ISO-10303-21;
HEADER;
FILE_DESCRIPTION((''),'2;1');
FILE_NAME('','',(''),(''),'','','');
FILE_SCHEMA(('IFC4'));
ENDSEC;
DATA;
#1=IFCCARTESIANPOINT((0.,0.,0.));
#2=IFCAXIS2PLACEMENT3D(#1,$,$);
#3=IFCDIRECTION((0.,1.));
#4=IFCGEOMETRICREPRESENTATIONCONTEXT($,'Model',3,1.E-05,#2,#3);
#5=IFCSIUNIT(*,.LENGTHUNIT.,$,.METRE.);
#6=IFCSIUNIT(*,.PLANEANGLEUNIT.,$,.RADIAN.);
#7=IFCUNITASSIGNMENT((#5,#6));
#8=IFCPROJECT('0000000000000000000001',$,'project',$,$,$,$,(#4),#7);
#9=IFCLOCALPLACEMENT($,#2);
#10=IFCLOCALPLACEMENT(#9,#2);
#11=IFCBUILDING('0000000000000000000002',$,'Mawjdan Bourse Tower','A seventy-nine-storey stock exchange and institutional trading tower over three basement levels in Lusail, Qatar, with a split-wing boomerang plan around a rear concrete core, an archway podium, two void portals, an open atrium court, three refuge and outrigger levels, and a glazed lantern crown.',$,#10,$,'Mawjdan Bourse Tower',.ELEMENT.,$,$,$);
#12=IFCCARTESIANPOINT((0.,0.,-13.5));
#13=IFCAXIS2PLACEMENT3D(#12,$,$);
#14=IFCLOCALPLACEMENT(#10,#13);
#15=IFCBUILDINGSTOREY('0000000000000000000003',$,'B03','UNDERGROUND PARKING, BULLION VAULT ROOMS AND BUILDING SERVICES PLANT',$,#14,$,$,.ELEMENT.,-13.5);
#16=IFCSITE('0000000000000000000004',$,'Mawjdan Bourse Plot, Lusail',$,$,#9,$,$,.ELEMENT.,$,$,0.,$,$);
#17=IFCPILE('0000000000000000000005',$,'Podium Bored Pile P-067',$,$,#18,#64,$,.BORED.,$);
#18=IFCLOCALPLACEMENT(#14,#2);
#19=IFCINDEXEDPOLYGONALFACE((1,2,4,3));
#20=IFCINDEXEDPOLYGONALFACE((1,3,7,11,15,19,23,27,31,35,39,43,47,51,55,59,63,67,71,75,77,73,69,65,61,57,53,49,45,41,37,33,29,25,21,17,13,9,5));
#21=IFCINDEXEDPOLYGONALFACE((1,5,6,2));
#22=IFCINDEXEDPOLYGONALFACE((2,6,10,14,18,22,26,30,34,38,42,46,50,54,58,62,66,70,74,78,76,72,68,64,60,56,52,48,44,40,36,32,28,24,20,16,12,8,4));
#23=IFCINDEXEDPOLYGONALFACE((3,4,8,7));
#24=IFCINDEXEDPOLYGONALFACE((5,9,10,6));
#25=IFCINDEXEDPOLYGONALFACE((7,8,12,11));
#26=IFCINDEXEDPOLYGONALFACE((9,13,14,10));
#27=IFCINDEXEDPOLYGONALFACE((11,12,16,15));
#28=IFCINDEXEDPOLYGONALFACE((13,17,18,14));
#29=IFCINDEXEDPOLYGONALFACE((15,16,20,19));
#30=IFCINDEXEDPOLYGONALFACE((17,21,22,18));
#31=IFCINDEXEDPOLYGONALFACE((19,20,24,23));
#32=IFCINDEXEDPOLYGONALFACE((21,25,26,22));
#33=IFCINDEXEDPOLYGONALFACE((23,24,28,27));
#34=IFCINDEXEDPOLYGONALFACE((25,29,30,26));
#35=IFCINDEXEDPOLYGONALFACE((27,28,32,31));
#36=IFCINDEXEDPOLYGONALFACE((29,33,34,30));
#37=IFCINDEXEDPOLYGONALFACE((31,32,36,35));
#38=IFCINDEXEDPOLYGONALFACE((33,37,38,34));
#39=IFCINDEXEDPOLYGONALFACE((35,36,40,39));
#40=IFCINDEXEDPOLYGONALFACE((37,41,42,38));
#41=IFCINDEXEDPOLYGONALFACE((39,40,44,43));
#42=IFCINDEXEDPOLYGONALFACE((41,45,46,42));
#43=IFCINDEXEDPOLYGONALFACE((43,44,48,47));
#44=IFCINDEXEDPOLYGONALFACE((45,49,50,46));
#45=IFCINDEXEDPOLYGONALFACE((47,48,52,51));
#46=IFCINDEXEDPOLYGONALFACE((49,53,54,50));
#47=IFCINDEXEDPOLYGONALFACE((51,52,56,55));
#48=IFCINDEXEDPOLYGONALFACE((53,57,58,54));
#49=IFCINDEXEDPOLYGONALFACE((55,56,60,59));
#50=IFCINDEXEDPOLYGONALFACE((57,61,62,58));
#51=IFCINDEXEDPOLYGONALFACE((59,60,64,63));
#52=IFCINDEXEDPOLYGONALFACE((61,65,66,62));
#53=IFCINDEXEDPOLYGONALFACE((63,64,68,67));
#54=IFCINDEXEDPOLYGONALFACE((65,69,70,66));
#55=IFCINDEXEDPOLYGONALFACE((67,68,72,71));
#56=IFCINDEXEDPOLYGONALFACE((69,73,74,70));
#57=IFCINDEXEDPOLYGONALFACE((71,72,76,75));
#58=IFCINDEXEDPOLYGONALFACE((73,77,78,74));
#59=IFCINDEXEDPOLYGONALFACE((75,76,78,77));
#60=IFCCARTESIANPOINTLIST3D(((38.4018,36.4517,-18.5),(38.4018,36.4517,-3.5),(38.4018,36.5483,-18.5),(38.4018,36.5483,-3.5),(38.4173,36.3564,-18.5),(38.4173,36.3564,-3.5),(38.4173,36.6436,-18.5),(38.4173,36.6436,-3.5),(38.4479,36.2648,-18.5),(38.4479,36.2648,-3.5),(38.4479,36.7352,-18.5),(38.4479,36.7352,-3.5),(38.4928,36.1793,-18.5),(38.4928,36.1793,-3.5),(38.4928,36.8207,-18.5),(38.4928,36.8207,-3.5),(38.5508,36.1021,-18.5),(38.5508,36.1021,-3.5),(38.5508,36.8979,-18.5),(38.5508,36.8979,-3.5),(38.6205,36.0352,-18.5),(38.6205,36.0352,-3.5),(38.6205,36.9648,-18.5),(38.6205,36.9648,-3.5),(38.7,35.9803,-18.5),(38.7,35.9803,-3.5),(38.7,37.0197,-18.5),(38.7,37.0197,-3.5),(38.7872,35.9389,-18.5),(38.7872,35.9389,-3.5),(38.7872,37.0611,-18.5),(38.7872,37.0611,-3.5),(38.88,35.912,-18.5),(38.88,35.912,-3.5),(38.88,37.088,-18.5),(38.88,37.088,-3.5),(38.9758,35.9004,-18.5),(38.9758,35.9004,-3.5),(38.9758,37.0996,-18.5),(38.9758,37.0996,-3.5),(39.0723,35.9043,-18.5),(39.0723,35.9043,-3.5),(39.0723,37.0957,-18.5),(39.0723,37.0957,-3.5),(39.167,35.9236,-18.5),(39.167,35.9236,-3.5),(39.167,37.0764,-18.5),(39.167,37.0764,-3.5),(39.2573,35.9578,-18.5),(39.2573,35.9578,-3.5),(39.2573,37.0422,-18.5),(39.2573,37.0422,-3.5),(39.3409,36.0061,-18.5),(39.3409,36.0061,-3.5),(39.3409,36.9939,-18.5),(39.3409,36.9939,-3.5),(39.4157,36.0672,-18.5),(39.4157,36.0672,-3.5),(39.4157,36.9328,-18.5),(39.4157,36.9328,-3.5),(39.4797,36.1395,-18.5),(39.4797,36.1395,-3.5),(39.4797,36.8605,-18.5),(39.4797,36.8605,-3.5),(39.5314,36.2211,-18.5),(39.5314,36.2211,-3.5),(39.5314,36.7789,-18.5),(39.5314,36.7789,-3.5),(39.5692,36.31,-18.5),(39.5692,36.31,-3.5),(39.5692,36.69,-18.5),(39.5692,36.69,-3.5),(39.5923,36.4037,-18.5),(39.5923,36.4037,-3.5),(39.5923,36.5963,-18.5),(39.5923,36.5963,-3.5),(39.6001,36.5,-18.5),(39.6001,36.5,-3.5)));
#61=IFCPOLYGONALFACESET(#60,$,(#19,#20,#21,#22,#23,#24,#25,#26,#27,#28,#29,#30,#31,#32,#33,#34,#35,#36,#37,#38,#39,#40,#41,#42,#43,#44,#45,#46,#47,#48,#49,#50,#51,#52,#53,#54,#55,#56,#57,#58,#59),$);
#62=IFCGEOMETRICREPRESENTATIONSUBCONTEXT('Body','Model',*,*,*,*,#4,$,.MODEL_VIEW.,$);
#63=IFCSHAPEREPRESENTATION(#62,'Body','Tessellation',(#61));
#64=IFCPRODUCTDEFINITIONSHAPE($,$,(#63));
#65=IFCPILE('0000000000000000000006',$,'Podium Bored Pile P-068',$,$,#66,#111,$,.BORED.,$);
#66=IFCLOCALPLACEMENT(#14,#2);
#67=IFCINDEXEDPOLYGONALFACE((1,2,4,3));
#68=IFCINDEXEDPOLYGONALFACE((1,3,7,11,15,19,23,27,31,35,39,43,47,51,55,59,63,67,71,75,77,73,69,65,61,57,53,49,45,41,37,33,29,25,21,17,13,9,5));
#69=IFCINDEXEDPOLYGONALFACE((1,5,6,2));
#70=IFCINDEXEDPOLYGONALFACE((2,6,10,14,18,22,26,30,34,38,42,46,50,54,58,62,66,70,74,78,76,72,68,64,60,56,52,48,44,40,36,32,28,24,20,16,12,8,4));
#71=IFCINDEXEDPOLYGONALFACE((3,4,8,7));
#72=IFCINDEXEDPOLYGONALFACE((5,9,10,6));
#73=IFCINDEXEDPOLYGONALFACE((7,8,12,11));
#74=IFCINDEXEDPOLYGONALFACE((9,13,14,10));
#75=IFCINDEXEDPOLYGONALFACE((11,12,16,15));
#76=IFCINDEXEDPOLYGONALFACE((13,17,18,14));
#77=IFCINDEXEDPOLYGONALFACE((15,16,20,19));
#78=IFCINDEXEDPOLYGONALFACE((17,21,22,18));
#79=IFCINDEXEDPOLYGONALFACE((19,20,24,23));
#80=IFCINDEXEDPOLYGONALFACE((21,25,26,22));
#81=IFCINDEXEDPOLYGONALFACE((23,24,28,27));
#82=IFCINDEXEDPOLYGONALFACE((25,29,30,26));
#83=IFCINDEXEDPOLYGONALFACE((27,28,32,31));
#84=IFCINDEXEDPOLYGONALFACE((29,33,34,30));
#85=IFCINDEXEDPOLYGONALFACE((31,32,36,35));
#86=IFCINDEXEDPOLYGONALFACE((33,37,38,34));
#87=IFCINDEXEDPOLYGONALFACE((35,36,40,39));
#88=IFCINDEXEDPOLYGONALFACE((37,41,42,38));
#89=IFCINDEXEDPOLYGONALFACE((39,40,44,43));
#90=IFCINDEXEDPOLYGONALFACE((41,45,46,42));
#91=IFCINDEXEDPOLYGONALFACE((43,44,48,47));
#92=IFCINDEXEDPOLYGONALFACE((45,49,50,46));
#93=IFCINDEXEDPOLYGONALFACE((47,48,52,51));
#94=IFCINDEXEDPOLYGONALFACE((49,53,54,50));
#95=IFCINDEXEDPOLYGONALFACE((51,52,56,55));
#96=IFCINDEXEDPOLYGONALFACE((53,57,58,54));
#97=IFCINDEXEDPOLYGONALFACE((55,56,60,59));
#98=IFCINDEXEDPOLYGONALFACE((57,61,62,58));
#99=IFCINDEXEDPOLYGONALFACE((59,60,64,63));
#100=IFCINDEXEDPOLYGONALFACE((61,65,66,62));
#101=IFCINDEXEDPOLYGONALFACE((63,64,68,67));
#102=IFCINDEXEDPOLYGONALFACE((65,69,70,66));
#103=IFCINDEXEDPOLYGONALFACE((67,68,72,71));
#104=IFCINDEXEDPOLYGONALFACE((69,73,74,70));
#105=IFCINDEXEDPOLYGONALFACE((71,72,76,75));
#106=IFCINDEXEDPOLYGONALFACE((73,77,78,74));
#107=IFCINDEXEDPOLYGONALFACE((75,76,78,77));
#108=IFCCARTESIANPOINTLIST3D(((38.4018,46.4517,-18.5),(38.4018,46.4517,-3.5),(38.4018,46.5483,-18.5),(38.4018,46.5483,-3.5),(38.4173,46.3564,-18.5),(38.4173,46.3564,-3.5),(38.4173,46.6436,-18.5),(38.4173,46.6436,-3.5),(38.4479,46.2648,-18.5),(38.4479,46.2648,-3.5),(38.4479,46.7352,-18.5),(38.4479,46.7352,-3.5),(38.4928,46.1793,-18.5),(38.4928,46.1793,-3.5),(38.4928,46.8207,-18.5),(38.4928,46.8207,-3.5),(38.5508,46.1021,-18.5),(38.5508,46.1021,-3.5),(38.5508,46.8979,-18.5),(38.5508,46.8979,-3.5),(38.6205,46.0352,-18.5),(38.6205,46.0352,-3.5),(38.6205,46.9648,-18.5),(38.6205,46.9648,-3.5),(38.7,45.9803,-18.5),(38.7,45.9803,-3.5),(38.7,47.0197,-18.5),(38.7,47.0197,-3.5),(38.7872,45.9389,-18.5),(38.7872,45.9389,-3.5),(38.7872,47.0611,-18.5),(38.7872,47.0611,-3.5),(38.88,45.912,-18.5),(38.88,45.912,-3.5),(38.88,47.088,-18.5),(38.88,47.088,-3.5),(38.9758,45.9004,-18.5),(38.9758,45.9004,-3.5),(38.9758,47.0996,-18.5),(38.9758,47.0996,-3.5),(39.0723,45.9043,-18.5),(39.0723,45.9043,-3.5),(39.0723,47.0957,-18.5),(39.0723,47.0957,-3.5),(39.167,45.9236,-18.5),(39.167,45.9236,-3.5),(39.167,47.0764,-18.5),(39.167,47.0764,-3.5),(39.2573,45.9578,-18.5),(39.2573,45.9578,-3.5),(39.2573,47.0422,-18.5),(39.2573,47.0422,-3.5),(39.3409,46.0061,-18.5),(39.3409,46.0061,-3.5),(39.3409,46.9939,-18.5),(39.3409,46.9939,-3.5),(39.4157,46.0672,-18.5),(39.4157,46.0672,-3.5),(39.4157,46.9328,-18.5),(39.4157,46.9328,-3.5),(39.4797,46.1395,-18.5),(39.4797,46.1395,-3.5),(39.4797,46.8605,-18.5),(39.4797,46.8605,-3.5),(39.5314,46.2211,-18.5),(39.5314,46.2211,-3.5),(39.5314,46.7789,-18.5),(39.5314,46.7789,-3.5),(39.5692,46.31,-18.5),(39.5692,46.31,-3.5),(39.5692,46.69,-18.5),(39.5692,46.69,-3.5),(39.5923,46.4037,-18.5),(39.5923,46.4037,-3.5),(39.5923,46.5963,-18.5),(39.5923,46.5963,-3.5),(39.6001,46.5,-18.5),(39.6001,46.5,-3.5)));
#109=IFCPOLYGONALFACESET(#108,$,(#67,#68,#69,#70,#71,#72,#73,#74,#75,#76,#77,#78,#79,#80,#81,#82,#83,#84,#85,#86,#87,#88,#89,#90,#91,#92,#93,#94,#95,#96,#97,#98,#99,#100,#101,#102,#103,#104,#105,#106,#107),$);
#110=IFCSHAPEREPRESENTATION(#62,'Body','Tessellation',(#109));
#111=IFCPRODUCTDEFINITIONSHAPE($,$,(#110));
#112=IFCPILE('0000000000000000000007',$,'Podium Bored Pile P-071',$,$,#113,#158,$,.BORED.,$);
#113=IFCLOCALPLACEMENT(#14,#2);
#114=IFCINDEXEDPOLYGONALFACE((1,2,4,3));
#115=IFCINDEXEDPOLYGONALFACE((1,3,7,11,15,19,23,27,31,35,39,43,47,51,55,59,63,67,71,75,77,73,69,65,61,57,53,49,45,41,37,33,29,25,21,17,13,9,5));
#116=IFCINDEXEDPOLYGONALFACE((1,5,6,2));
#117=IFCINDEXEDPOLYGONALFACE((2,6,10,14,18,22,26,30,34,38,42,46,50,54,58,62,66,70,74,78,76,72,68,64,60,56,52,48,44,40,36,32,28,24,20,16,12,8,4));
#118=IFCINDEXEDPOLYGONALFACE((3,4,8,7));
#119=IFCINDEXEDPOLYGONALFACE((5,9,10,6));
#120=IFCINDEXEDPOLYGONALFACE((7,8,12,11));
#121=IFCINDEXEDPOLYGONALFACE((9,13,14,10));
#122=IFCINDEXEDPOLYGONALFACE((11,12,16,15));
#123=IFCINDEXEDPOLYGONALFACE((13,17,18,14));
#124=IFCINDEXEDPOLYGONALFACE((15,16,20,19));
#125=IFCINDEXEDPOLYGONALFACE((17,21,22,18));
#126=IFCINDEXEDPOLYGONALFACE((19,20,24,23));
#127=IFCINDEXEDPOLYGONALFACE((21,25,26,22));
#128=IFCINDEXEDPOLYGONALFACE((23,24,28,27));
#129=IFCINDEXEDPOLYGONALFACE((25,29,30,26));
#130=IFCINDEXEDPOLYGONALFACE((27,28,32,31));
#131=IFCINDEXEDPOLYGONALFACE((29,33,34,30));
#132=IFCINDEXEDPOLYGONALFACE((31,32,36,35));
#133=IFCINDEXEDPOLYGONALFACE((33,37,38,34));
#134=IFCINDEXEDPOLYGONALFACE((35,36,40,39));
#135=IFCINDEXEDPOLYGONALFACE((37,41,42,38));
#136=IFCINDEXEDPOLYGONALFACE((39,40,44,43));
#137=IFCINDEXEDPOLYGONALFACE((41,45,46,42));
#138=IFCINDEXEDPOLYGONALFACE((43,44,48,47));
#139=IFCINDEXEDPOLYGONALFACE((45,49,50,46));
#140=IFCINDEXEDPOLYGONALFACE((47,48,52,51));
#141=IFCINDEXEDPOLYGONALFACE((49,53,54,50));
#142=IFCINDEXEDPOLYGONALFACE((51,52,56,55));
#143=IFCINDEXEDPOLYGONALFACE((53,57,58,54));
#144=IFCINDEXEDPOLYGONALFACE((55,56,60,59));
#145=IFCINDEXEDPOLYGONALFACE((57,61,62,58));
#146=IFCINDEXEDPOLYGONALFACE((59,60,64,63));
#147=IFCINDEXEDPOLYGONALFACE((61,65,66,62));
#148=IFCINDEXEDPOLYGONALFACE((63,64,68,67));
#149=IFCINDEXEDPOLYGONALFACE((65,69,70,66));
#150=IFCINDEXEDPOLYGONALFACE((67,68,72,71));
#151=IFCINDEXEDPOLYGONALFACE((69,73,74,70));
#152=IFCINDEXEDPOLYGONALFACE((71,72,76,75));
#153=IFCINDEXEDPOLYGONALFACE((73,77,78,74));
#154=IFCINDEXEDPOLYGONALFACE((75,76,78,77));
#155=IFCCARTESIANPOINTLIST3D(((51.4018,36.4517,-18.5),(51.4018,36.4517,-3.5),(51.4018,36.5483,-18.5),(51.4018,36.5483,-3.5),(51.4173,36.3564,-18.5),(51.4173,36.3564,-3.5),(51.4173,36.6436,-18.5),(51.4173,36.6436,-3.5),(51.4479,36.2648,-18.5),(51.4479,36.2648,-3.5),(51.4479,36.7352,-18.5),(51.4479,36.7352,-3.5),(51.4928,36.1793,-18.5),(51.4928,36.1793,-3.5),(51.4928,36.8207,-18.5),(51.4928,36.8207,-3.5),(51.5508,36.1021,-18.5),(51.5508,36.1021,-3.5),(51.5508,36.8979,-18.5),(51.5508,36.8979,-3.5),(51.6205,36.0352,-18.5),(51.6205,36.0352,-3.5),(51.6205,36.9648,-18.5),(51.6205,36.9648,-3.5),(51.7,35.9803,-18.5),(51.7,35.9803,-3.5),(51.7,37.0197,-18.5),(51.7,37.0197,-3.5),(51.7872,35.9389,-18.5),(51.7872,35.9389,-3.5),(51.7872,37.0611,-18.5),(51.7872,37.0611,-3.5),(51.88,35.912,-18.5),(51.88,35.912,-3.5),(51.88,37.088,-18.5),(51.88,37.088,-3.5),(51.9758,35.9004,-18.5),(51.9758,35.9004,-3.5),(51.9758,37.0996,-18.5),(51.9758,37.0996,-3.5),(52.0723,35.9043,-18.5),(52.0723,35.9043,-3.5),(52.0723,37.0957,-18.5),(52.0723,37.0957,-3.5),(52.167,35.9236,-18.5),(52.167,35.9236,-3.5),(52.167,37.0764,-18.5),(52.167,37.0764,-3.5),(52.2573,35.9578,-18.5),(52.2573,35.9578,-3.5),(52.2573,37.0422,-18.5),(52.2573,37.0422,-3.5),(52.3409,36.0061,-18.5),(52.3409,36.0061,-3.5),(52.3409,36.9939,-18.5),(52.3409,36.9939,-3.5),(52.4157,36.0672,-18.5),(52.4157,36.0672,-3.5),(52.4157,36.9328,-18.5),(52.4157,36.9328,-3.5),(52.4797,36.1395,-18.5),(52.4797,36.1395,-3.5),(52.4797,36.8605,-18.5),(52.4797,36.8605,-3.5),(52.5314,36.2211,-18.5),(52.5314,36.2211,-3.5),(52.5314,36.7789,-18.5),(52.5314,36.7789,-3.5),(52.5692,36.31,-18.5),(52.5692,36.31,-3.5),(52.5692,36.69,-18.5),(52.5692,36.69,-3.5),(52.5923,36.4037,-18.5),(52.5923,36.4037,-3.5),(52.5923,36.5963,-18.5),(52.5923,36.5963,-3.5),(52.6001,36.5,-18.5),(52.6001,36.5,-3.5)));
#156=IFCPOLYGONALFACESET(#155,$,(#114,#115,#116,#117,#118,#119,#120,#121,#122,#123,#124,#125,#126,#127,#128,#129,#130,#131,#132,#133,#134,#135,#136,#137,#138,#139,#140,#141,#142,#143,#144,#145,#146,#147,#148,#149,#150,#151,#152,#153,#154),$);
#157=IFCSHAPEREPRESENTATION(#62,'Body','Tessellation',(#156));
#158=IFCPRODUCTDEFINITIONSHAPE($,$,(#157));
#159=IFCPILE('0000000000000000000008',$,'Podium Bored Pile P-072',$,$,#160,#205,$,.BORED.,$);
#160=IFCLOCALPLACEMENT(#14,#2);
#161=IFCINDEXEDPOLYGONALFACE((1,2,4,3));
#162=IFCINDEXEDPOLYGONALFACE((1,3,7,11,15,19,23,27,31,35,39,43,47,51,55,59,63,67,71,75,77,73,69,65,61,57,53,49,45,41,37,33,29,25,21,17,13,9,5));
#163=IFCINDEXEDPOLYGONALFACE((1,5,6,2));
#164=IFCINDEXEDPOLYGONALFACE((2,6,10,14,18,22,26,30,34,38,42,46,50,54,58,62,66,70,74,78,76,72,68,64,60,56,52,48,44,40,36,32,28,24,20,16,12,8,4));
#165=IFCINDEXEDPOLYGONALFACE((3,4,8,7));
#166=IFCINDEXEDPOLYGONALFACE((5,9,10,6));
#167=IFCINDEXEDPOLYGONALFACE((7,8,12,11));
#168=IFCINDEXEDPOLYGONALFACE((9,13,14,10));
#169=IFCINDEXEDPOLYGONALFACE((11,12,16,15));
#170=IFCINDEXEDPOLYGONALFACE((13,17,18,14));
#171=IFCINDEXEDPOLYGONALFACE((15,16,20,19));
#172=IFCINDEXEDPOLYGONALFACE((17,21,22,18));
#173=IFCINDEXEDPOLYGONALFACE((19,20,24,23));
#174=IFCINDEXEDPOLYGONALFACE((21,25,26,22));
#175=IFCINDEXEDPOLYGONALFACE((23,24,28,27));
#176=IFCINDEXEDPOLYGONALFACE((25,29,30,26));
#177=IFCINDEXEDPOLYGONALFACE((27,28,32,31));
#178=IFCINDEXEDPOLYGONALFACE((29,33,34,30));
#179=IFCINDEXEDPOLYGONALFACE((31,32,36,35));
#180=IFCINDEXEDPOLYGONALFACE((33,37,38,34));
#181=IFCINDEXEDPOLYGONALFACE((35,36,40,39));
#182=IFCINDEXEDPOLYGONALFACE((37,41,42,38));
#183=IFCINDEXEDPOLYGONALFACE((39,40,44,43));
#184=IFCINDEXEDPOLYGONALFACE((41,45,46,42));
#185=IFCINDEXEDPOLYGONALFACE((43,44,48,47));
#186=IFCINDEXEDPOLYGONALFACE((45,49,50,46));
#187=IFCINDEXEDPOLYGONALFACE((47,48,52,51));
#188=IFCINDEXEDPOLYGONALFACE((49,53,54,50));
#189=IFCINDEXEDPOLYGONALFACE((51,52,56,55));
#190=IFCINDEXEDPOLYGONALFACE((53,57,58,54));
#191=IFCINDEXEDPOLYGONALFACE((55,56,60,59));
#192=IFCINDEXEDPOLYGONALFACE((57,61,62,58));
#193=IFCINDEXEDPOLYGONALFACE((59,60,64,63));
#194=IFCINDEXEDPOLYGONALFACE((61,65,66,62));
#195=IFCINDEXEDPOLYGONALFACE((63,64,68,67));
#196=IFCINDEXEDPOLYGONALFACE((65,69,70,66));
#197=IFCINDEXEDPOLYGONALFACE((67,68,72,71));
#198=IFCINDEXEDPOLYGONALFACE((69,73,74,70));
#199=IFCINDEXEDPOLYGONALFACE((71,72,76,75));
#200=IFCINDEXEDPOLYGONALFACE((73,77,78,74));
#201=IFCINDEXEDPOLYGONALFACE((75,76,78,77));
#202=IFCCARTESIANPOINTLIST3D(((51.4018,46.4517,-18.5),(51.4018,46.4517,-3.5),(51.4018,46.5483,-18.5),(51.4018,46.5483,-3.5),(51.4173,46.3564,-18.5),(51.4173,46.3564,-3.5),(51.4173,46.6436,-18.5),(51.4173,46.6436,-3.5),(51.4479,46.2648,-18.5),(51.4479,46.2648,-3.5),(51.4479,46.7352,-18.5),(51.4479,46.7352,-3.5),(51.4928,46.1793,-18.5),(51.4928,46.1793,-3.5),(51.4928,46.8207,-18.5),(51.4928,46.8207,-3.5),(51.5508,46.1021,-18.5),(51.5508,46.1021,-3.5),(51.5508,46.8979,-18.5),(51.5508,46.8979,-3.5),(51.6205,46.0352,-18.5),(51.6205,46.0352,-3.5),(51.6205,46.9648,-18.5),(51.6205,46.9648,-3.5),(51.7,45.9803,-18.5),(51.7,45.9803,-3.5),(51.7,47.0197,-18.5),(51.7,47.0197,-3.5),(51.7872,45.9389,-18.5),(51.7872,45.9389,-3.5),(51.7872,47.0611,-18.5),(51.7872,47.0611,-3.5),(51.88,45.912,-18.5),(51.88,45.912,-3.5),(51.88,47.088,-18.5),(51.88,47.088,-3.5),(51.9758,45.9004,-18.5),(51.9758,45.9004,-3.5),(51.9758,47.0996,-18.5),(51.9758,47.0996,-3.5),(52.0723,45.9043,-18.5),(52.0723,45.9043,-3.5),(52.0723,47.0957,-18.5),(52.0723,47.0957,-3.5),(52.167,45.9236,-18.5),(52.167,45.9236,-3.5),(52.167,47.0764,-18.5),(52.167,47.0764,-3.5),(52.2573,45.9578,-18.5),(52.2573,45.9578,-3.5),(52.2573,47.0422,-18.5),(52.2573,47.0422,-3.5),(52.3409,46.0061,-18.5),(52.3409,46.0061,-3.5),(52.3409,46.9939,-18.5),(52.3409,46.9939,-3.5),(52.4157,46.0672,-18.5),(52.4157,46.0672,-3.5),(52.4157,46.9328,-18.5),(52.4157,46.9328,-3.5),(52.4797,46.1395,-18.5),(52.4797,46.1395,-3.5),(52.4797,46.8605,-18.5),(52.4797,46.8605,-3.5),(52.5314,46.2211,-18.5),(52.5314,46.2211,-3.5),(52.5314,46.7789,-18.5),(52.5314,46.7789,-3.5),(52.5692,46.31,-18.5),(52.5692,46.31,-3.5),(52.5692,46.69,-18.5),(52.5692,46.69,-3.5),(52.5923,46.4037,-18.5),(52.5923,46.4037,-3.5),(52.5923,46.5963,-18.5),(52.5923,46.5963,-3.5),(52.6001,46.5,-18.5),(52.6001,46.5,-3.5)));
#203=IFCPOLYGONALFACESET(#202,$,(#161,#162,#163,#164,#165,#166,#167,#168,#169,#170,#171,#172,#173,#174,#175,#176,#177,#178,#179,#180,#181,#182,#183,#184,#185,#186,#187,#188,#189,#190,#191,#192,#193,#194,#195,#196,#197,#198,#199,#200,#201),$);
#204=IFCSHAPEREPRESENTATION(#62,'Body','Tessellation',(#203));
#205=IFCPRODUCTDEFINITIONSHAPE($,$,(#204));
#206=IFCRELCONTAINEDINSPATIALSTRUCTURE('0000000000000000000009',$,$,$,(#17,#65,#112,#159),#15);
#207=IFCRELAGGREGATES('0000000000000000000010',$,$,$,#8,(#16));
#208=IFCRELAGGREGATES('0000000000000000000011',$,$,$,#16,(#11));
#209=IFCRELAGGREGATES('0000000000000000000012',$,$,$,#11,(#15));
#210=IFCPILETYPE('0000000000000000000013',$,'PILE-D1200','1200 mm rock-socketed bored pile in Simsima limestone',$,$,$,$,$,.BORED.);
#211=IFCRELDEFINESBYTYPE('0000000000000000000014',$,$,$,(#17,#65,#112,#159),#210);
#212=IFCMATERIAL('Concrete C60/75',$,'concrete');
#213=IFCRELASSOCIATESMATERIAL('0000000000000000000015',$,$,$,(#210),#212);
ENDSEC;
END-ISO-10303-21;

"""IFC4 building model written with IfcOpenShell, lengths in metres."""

from ifc_helpers import new_model, si_unit, direction, frame, origin, origin_2d, place, context, subcontext, project, spatial, circle, extrude, material, material_profile, profile_set, type_object, element, save


model = new_model("IFC4")

# Units and contexts
model_context = context("Model", 3, precision=1e-05, world=origin(), true_north=direction((0.0, 1.0)))
body_context = subcontext(model_context, "Body", "Model", "MODEL_VIEW")
ifc_project = project(units=[si_unit("LENGTHUNIT", "METRE"), si_unit("PLANEANGLEUNIT", "RADIAN")], contexts=[model_context])

# Site, building, storey
site_placement = place(None, origin())
site = spatial("IfcSite", under=ifc_project, at=site_placement, Name="Mawjdan Bourse Plot, Lusail", CompositionType="ELEMENT", RefElevation=0.0)
building_placement = place(site_placement, origin())
building = spatial("IfcBuilding", under=site, at=building_placement, Name="Mawjdan Bourse Tower", Description="A seventy-nine-storey stock exchange and institutional trading tower over three basement levels in Lusail, Qatar, with a split-wing boomerang plan around a rear concrete core, an archway podium, two void portals, an open atrium court, three refuge and outrigger levels, and a glazed lantern crown.", LongName="Mawjdan Bourse Tower", CompositionType="ELEMENT")
storey_placement = place(building_placement, frame((0.0, 0.0, -13.5)))
storey = spatial("IfcBuildingStorey", under=building, at=storey_placement, Name="B03", Description="UNDERGROUND PARKING, BULLION VAULT ROOMS AND BUILDING SERVICES PLANT", CompositionType="ELEMENT", Elevation=-13.5)

# Piles
ifc_material_1 = material(Name="Concrete C60/75", Category="concrete")
ifc_material_profile_1 = material_profile(ifc_material_1, circle(Radius=0.6001, at=origin_2d()), Name="PILE-D1200")
ifc_profile_set_1 = profile_set([ifc_material_profile_1], Name="Concrete C60/75")
pile_type_1 = type_object("IfcPileType", Name="PILE-D1200", Description="1200 mm rock-socketed bored pile in Simsima limestone", PredefinedType="BORED", material=ifc_profile_set_1)
for number, where, z_axis, x_axis, name in (
    (1, (39.0, 36.5, -3.5), (0.0, 0.0, -1.0), (1.0, 0.0, 0.0), "Podium Bored Pile P-067"),
    (2, (39.0, 46.5, -3.5), (0.0, 0.0, -1.0), (1.0, 0.0, 0.0), "Podium Bored Pile P-068"),
    (3, (52.0, 36.5, -3.5), (0.0, 0.0, -1.0), (1.0, 0.0, 0.0), "Podium Bored Pile P-071"),
    (4, (52.0, 46.5, -3.5), (0.0, 0.0, -1.0), (1.0, 0.0, 0.0), "Podium Bored Pile P-072"),
):
    element("IfcPile", number, at=place(storey_placement, frame(where, z_axis=z_axis, x_axis=x_axis)), inside=storey, type_object=pile_type_1, Name=name, PredefinedType="BORED", context=body_context, shape_type="SweptSolid", body=[
        extrude(circle(Radius=0.6001, at=origin_2d()), origin(), (0.0, 0.0, 1.0), 15.0),
    ])

save(model, "model.ifc")
